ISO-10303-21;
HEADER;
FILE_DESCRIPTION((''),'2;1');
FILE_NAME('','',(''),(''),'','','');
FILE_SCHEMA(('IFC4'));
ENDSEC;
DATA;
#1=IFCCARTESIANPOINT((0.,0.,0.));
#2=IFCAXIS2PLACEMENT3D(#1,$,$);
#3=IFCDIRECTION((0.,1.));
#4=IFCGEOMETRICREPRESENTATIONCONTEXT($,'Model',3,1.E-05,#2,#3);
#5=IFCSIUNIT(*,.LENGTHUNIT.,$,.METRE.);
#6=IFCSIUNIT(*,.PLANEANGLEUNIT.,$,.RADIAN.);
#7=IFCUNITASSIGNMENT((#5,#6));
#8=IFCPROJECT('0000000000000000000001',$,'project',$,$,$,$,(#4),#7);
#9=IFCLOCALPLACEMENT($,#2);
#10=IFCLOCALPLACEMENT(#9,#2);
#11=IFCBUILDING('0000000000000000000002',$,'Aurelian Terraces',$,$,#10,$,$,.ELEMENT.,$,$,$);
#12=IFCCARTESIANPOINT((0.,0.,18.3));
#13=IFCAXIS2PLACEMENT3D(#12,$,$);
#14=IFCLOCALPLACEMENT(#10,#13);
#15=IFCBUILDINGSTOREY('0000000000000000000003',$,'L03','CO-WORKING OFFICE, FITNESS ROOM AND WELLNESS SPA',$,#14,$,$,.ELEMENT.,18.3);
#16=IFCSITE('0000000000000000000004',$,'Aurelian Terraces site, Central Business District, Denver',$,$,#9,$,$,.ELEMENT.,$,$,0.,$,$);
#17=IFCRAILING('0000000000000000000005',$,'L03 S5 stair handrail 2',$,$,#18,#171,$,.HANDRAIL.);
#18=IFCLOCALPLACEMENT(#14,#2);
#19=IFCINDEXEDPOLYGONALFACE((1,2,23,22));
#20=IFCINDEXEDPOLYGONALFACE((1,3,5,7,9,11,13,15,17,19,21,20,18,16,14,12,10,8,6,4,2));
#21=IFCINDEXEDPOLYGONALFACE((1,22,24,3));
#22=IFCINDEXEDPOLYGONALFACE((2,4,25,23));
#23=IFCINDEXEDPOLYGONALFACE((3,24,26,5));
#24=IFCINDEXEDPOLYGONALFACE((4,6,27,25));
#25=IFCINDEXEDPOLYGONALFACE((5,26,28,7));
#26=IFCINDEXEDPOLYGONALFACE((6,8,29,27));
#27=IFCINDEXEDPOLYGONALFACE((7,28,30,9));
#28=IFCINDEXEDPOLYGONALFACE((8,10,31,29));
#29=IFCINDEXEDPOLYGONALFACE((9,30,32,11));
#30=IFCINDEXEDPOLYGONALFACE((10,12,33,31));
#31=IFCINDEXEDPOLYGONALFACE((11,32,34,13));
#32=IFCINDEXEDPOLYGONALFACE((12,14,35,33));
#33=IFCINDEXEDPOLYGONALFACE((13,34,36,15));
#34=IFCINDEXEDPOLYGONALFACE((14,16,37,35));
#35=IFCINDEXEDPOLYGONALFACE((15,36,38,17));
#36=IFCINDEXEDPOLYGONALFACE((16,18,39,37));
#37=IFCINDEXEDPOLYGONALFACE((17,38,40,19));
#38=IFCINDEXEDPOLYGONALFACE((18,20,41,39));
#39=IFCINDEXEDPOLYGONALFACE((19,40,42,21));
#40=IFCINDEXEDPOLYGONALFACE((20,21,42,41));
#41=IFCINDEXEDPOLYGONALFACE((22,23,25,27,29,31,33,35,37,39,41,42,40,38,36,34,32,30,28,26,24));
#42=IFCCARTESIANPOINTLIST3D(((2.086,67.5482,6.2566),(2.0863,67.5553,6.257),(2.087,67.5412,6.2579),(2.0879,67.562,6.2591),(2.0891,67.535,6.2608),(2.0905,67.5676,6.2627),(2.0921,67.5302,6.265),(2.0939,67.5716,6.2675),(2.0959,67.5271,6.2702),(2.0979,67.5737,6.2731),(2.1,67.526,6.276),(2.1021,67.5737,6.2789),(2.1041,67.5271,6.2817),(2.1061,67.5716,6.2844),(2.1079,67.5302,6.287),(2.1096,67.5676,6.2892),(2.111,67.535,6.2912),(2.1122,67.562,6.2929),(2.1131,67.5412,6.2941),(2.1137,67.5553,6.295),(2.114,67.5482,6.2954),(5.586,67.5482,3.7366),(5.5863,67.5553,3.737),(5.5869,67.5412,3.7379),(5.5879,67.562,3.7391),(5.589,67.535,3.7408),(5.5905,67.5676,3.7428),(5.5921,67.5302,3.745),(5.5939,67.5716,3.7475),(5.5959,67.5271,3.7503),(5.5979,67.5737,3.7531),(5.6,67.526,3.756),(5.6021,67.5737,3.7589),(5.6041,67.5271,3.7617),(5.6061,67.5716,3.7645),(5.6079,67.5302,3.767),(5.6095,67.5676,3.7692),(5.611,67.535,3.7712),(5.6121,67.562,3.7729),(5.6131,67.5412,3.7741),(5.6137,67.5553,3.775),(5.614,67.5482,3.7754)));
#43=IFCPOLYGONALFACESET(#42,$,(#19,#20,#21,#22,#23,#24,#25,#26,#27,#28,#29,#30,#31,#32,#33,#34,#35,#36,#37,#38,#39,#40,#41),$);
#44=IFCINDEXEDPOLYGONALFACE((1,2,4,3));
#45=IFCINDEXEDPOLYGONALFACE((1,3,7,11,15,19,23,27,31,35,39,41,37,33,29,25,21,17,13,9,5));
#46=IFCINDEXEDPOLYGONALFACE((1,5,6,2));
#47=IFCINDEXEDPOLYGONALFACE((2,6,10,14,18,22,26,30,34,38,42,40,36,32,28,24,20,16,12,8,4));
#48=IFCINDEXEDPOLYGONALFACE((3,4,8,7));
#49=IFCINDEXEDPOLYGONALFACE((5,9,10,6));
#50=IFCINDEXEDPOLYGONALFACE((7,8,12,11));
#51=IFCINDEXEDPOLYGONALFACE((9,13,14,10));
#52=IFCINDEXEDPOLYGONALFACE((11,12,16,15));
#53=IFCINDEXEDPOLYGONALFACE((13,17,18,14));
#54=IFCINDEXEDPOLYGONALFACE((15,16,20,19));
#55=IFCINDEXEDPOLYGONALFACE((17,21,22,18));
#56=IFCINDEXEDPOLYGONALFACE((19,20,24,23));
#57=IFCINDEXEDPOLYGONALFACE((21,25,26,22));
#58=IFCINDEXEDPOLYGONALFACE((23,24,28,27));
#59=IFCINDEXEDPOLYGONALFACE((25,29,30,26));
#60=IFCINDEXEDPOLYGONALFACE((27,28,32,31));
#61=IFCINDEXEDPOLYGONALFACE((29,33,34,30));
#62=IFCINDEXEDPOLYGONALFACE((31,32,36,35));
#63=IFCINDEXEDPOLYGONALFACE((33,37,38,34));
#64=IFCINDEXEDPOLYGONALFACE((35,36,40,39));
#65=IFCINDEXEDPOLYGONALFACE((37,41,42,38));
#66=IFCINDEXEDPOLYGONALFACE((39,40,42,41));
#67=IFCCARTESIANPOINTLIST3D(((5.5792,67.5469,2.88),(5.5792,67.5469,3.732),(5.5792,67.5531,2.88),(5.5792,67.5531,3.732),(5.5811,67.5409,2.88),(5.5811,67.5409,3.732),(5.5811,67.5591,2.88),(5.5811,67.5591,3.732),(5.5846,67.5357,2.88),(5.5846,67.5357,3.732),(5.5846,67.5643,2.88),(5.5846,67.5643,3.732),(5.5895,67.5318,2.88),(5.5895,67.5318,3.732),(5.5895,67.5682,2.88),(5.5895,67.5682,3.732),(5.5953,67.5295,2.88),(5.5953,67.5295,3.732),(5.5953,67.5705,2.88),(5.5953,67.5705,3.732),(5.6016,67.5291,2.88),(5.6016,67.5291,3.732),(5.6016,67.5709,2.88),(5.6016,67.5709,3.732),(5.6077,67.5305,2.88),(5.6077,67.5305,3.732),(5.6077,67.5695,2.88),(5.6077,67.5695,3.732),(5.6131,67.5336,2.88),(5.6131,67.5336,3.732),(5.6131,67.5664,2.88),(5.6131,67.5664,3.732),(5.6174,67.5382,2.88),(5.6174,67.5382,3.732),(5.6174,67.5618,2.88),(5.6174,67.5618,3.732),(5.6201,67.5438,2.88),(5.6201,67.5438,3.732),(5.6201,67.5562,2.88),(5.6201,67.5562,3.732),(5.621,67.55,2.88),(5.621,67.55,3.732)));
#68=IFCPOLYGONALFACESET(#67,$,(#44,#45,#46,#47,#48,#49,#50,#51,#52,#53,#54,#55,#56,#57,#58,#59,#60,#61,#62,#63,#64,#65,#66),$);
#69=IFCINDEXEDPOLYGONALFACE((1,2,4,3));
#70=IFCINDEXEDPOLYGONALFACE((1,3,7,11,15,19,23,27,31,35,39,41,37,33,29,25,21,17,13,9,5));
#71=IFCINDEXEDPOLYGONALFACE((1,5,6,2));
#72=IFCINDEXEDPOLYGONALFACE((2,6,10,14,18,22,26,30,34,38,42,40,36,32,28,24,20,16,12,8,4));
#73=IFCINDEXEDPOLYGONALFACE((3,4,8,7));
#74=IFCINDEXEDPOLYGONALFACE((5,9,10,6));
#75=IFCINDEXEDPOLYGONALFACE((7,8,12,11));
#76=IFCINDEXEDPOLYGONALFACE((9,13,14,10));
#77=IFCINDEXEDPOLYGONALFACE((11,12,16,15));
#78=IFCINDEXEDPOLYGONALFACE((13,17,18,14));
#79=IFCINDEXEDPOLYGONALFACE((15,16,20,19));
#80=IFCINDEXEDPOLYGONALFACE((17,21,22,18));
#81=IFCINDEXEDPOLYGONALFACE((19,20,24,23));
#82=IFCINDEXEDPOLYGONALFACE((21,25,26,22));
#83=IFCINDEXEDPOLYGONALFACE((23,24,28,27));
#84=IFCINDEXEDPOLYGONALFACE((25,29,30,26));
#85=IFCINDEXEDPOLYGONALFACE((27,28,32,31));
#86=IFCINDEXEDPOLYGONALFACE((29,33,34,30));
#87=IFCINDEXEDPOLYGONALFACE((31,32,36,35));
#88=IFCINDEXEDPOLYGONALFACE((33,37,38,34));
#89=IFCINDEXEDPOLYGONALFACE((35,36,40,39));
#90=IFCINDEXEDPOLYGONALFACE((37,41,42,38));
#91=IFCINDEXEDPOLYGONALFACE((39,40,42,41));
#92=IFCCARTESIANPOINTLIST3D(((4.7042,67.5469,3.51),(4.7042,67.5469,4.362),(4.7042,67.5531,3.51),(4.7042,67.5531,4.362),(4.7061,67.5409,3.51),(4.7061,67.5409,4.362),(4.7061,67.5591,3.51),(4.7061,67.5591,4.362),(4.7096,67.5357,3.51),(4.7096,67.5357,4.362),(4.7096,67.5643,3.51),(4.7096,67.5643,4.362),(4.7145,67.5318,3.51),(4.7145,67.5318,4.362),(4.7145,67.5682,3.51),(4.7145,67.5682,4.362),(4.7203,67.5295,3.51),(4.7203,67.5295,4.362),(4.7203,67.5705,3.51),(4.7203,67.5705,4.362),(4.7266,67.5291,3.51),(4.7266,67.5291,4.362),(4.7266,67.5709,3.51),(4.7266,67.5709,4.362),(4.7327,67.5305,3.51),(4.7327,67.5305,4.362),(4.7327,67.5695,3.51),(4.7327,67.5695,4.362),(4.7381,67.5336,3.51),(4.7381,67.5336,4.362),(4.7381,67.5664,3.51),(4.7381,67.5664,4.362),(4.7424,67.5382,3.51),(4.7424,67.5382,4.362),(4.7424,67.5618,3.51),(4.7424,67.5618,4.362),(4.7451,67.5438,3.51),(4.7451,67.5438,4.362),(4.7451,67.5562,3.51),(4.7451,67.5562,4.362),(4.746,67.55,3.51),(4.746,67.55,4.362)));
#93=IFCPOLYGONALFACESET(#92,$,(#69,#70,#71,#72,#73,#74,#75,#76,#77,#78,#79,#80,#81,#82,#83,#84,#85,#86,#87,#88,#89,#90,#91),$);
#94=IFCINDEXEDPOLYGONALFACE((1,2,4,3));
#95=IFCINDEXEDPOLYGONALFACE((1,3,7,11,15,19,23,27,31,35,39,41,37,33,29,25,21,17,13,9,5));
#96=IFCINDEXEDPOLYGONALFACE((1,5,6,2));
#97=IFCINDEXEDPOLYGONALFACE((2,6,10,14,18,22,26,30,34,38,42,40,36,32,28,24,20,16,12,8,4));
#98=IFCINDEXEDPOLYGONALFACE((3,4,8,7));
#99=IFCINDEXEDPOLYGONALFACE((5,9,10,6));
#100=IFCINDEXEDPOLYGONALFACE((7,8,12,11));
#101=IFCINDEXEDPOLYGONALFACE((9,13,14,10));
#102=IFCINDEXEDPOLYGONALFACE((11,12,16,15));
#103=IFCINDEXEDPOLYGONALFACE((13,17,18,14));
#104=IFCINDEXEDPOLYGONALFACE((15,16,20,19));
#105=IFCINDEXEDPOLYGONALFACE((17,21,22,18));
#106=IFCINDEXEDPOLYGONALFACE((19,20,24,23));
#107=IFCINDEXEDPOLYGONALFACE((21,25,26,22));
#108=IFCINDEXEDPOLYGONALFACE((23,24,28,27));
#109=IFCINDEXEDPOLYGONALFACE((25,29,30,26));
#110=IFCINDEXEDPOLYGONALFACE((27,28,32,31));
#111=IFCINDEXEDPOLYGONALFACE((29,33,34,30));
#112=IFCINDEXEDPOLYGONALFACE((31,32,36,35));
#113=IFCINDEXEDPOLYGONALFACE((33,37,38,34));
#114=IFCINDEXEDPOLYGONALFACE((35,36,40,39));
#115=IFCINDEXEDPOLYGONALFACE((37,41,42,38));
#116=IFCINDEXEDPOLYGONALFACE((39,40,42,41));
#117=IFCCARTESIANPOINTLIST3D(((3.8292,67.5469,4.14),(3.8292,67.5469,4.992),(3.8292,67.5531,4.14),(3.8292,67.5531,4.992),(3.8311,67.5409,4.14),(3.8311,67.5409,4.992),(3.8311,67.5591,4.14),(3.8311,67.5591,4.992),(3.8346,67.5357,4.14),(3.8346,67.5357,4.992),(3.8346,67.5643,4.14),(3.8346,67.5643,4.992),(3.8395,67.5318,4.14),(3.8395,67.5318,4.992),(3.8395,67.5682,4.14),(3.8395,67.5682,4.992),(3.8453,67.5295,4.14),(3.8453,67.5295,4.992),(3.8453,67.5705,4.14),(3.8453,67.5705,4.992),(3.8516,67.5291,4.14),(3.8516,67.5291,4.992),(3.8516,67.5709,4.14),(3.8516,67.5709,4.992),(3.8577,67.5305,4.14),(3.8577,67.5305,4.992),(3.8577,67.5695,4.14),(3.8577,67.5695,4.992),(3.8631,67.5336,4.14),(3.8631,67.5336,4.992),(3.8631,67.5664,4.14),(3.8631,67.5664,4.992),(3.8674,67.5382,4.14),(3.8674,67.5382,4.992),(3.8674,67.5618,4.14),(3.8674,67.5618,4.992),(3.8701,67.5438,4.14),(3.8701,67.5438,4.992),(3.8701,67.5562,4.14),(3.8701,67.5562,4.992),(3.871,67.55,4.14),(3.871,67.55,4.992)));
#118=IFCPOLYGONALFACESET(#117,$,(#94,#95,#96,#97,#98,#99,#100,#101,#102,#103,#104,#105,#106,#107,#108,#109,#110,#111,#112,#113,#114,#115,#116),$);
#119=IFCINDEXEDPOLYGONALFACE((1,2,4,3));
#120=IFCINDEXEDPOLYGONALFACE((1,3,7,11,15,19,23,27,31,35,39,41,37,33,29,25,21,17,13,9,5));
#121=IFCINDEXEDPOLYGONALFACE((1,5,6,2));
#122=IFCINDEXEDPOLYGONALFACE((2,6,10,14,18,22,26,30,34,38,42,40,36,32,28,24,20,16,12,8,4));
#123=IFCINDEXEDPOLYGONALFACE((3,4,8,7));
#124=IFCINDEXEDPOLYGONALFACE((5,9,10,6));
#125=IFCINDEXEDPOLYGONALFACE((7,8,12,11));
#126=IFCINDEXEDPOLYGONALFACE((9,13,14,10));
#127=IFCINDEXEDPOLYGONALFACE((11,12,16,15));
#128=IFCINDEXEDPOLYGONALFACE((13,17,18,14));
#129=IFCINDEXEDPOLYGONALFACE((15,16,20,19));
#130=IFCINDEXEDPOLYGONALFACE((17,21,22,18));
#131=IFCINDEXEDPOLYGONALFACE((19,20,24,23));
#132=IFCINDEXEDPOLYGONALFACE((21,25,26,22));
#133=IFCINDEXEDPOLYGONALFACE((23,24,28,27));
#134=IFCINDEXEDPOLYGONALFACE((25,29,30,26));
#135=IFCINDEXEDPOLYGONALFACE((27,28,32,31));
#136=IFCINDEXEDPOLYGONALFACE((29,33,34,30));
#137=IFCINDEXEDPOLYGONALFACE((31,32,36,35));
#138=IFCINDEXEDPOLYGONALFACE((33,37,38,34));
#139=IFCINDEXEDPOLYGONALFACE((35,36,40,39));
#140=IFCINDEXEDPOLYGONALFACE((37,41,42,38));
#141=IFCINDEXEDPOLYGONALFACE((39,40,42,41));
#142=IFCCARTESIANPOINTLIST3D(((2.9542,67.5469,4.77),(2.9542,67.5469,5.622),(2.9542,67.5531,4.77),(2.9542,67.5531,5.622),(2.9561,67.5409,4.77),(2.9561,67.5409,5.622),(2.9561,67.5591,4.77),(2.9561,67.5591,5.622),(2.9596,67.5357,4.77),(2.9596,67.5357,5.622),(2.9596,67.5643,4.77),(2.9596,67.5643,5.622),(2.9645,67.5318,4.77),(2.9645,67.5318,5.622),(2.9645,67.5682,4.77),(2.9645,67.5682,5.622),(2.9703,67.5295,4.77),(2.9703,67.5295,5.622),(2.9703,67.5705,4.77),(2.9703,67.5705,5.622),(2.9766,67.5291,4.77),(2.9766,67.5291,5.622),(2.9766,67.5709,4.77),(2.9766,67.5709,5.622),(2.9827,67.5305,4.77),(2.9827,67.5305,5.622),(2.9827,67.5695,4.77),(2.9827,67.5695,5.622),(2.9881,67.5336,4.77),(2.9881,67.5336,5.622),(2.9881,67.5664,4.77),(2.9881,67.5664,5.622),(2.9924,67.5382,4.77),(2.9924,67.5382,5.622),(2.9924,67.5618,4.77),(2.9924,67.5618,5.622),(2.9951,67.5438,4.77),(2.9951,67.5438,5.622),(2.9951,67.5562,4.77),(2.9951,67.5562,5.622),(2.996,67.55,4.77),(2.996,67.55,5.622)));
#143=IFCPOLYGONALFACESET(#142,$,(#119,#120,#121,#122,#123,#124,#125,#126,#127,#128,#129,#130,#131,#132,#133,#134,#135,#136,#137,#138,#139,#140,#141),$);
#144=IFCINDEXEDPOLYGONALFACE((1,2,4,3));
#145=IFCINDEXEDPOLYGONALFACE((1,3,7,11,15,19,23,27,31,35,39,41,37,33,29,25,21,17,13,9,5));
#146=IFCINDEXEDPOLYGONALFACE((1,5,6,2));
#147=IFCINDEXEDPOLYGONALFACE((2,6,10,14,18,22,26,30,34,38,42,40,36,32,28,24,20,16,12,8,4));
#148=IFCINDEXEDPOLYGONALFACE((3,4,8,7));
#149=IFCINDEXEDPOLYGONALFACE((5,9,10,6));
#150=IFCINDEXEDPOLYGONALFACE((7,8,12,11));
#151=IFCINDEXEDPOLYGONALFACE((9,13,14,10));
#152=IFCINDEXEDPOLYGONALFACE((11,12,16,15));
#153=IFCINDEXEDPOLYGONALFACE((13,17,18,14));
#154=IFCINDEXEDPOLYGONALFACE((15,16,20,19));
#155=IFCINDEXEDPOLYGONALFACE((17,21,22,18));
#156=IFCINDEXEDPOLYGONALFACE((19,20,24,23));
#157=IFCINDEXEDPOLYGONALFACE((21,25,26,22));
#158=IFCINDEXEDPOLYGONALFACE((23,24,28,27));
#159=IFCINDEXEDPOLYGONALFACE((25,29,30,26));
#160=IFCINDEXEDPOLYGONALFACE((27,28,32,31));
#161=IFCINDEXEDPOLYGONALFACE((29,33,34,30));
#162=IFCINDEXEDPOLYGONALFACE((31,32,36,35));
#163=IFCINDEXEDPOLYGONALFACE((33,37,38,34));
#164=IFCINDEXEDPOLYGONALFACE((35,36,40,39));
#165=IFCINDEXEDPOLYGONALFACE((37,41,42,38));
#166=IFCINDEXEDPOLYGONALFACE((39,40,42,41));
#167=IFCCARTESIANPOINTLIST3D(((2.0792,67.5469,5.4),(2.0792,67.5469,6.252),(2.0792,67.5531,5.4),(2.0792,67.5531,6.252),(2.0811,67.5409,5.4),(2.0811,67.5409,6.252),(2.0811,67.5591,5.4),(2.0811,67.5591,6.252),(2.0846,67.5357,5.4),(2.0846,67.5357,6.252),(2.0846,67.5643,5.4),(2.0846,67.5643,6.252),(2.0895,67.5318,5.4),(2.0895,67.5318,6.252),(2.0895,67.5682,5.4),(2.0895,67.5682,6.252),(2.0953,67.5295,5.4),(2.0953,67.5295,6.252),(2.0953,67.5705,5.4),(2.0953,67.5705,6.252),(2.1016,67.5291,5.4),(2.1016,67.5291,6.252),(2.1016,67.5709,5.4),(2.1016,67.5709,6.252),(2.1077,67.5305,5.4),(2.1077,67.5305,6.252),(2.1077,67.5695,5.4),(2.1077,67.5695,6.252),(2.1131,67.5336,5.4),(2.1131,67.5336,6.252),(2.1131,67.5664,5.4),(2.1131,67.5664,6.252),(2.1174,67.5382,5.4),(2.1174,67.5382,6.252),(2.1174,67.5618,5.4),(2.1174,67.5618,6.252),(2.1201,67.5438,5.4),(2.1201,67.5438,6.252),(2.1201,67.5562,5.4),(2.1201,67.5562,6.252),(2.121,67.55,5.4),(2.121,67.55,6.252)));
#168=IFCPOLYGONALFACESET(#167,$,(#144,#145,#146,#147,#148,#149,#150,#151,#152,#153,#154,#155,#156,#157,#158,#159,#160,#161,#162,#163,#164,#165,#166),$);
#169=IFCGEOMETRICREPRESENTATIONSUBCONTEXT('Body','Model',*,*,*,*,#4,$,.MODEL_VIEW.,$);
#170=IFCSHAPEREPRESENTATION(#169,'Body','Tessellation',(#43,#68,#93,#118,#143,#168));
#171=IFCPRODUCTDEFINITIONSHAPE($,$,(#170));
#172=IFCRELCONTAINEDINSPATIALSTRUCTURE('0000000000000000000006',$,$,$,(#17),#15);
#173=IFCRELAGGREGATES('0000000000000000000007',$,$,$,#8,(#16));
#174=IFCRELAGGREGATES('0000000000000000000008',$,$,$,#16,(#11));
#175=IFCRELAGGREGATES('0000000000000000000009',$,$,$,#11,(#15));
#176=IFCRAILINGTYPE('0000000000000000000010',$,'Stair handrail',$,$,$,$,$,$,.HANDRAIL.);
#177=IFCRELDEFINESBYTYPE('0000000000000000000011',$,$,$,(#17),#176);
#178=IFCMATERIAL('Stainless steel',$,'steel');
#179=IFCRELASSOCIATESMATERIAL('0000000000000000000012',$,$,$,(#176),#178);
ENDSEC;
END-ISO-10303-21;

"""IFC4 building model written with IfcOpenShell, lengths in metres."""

from ifc_helpers import new_model, si_unit, direction, frame, origin, origin_2d, place, context, subcontext, project, spatial, circle, extrude, source, transform, mapped, material, type_object, element, save


model = new_model("IFC4")

# Units and contexts
model_context = context("Model", 3, precision=1e-05, world=origin(), true_north=direction((0.0, 1.0)))
body_context = subcontext(model_context, "Body", "Model", "MODEL_VIEW")
ifc_project = project(units=[si_unit("LENGTHUNIT", "METRE"), si_unit("PLANEANGLEUNIT", "RADIAN")], contexts=[model_context])

# Site, building, storey
site_placement = place(None, origin())
site = spatial("IfcSite", under=ifc_project, at=site_placement, Name="Aurelian Terraces site, Central Business District, Denver", CompositionType="ELEMENT", RefElevation=0.0)
building_placement = place(site_placement, origin())
building = spatial("IfcBuilding", under=site, at=building_placement, Name="Aurelian Terraces", CompositionType="ELEMENT")
storey_placement = place(building_placement, frame((0.0, 0.0, 18.3)))
storey = spatial("IfcBuildingStorey", under=building, at=storey_placement, Name="L03", Description="CO-WORKING OFFICE, FITNESS ROOM AND WELLNESS SPA", CompositionType="ELEMENT", Elevation=18.3)

# Railing
ifc_material_1 = material(Name="Stainless steel", Category="steel")
railing_type_1 = type_object("IfcRailingType", Name="Stair handrail", PredefinedType="HANDRAIL", material=ifc_material_1)
shared_shape_1 = source(origin(), body_context, "Body", "SweptSolid", [
    extrude(circle(Radius=0.024, at=origin_2d()), frame((0.0, 0.0, 0.876), z_axis=(-0.811534, 0.0, 0.584305), x_axis=(0.0, -1.0, 0.0)), (0.0, 0.0, 1.0), 4.3128),
    extrude(circle(Radius=0.021, at=origin_2d()), origin(), (0.0, 0.0, 1.0), 0.852),
    extrude(circle(Radius=0.021, at=origin_2d()), frame((-0.875, 0.0, 0.63)), (0.0, 0.0, 1.0), 0.852),
    extrude(circle(Radius=0.021, at=origin_2d()), frame((-1.75, 0.0, 1.26)), (0.0, 0.0, 1.0), 0.852),
    extrude(circle(Radius=0.021, at=origin_2d()), frame((-2.625, 0.0, 1.89)), (0.0, 0.0, 1.0), 0.852),
    extrude(circle(Radius=0.021, at=origin_2d()), frame((-3.5, 0.0, 2.52)), (0.0, 0.0, 1.0), 0.852),
])
railing_1_placement = place(storey_placement, frame((5.6, 67.55, 2.88)))
element("IfcRailing", 1, at=railing_1_placement, inside=storey, type_object=railing_type_1, Name="L03 S5 stair handrail 2", PredefinedType="HANDRAIL", context=body_context, shape_type="MappedRepresentation", body=[
    mapped(shared_shape_1, transform((0.0, 0.0, 0.0), scale=1.0)),
])

save(model, "model.ifc")
